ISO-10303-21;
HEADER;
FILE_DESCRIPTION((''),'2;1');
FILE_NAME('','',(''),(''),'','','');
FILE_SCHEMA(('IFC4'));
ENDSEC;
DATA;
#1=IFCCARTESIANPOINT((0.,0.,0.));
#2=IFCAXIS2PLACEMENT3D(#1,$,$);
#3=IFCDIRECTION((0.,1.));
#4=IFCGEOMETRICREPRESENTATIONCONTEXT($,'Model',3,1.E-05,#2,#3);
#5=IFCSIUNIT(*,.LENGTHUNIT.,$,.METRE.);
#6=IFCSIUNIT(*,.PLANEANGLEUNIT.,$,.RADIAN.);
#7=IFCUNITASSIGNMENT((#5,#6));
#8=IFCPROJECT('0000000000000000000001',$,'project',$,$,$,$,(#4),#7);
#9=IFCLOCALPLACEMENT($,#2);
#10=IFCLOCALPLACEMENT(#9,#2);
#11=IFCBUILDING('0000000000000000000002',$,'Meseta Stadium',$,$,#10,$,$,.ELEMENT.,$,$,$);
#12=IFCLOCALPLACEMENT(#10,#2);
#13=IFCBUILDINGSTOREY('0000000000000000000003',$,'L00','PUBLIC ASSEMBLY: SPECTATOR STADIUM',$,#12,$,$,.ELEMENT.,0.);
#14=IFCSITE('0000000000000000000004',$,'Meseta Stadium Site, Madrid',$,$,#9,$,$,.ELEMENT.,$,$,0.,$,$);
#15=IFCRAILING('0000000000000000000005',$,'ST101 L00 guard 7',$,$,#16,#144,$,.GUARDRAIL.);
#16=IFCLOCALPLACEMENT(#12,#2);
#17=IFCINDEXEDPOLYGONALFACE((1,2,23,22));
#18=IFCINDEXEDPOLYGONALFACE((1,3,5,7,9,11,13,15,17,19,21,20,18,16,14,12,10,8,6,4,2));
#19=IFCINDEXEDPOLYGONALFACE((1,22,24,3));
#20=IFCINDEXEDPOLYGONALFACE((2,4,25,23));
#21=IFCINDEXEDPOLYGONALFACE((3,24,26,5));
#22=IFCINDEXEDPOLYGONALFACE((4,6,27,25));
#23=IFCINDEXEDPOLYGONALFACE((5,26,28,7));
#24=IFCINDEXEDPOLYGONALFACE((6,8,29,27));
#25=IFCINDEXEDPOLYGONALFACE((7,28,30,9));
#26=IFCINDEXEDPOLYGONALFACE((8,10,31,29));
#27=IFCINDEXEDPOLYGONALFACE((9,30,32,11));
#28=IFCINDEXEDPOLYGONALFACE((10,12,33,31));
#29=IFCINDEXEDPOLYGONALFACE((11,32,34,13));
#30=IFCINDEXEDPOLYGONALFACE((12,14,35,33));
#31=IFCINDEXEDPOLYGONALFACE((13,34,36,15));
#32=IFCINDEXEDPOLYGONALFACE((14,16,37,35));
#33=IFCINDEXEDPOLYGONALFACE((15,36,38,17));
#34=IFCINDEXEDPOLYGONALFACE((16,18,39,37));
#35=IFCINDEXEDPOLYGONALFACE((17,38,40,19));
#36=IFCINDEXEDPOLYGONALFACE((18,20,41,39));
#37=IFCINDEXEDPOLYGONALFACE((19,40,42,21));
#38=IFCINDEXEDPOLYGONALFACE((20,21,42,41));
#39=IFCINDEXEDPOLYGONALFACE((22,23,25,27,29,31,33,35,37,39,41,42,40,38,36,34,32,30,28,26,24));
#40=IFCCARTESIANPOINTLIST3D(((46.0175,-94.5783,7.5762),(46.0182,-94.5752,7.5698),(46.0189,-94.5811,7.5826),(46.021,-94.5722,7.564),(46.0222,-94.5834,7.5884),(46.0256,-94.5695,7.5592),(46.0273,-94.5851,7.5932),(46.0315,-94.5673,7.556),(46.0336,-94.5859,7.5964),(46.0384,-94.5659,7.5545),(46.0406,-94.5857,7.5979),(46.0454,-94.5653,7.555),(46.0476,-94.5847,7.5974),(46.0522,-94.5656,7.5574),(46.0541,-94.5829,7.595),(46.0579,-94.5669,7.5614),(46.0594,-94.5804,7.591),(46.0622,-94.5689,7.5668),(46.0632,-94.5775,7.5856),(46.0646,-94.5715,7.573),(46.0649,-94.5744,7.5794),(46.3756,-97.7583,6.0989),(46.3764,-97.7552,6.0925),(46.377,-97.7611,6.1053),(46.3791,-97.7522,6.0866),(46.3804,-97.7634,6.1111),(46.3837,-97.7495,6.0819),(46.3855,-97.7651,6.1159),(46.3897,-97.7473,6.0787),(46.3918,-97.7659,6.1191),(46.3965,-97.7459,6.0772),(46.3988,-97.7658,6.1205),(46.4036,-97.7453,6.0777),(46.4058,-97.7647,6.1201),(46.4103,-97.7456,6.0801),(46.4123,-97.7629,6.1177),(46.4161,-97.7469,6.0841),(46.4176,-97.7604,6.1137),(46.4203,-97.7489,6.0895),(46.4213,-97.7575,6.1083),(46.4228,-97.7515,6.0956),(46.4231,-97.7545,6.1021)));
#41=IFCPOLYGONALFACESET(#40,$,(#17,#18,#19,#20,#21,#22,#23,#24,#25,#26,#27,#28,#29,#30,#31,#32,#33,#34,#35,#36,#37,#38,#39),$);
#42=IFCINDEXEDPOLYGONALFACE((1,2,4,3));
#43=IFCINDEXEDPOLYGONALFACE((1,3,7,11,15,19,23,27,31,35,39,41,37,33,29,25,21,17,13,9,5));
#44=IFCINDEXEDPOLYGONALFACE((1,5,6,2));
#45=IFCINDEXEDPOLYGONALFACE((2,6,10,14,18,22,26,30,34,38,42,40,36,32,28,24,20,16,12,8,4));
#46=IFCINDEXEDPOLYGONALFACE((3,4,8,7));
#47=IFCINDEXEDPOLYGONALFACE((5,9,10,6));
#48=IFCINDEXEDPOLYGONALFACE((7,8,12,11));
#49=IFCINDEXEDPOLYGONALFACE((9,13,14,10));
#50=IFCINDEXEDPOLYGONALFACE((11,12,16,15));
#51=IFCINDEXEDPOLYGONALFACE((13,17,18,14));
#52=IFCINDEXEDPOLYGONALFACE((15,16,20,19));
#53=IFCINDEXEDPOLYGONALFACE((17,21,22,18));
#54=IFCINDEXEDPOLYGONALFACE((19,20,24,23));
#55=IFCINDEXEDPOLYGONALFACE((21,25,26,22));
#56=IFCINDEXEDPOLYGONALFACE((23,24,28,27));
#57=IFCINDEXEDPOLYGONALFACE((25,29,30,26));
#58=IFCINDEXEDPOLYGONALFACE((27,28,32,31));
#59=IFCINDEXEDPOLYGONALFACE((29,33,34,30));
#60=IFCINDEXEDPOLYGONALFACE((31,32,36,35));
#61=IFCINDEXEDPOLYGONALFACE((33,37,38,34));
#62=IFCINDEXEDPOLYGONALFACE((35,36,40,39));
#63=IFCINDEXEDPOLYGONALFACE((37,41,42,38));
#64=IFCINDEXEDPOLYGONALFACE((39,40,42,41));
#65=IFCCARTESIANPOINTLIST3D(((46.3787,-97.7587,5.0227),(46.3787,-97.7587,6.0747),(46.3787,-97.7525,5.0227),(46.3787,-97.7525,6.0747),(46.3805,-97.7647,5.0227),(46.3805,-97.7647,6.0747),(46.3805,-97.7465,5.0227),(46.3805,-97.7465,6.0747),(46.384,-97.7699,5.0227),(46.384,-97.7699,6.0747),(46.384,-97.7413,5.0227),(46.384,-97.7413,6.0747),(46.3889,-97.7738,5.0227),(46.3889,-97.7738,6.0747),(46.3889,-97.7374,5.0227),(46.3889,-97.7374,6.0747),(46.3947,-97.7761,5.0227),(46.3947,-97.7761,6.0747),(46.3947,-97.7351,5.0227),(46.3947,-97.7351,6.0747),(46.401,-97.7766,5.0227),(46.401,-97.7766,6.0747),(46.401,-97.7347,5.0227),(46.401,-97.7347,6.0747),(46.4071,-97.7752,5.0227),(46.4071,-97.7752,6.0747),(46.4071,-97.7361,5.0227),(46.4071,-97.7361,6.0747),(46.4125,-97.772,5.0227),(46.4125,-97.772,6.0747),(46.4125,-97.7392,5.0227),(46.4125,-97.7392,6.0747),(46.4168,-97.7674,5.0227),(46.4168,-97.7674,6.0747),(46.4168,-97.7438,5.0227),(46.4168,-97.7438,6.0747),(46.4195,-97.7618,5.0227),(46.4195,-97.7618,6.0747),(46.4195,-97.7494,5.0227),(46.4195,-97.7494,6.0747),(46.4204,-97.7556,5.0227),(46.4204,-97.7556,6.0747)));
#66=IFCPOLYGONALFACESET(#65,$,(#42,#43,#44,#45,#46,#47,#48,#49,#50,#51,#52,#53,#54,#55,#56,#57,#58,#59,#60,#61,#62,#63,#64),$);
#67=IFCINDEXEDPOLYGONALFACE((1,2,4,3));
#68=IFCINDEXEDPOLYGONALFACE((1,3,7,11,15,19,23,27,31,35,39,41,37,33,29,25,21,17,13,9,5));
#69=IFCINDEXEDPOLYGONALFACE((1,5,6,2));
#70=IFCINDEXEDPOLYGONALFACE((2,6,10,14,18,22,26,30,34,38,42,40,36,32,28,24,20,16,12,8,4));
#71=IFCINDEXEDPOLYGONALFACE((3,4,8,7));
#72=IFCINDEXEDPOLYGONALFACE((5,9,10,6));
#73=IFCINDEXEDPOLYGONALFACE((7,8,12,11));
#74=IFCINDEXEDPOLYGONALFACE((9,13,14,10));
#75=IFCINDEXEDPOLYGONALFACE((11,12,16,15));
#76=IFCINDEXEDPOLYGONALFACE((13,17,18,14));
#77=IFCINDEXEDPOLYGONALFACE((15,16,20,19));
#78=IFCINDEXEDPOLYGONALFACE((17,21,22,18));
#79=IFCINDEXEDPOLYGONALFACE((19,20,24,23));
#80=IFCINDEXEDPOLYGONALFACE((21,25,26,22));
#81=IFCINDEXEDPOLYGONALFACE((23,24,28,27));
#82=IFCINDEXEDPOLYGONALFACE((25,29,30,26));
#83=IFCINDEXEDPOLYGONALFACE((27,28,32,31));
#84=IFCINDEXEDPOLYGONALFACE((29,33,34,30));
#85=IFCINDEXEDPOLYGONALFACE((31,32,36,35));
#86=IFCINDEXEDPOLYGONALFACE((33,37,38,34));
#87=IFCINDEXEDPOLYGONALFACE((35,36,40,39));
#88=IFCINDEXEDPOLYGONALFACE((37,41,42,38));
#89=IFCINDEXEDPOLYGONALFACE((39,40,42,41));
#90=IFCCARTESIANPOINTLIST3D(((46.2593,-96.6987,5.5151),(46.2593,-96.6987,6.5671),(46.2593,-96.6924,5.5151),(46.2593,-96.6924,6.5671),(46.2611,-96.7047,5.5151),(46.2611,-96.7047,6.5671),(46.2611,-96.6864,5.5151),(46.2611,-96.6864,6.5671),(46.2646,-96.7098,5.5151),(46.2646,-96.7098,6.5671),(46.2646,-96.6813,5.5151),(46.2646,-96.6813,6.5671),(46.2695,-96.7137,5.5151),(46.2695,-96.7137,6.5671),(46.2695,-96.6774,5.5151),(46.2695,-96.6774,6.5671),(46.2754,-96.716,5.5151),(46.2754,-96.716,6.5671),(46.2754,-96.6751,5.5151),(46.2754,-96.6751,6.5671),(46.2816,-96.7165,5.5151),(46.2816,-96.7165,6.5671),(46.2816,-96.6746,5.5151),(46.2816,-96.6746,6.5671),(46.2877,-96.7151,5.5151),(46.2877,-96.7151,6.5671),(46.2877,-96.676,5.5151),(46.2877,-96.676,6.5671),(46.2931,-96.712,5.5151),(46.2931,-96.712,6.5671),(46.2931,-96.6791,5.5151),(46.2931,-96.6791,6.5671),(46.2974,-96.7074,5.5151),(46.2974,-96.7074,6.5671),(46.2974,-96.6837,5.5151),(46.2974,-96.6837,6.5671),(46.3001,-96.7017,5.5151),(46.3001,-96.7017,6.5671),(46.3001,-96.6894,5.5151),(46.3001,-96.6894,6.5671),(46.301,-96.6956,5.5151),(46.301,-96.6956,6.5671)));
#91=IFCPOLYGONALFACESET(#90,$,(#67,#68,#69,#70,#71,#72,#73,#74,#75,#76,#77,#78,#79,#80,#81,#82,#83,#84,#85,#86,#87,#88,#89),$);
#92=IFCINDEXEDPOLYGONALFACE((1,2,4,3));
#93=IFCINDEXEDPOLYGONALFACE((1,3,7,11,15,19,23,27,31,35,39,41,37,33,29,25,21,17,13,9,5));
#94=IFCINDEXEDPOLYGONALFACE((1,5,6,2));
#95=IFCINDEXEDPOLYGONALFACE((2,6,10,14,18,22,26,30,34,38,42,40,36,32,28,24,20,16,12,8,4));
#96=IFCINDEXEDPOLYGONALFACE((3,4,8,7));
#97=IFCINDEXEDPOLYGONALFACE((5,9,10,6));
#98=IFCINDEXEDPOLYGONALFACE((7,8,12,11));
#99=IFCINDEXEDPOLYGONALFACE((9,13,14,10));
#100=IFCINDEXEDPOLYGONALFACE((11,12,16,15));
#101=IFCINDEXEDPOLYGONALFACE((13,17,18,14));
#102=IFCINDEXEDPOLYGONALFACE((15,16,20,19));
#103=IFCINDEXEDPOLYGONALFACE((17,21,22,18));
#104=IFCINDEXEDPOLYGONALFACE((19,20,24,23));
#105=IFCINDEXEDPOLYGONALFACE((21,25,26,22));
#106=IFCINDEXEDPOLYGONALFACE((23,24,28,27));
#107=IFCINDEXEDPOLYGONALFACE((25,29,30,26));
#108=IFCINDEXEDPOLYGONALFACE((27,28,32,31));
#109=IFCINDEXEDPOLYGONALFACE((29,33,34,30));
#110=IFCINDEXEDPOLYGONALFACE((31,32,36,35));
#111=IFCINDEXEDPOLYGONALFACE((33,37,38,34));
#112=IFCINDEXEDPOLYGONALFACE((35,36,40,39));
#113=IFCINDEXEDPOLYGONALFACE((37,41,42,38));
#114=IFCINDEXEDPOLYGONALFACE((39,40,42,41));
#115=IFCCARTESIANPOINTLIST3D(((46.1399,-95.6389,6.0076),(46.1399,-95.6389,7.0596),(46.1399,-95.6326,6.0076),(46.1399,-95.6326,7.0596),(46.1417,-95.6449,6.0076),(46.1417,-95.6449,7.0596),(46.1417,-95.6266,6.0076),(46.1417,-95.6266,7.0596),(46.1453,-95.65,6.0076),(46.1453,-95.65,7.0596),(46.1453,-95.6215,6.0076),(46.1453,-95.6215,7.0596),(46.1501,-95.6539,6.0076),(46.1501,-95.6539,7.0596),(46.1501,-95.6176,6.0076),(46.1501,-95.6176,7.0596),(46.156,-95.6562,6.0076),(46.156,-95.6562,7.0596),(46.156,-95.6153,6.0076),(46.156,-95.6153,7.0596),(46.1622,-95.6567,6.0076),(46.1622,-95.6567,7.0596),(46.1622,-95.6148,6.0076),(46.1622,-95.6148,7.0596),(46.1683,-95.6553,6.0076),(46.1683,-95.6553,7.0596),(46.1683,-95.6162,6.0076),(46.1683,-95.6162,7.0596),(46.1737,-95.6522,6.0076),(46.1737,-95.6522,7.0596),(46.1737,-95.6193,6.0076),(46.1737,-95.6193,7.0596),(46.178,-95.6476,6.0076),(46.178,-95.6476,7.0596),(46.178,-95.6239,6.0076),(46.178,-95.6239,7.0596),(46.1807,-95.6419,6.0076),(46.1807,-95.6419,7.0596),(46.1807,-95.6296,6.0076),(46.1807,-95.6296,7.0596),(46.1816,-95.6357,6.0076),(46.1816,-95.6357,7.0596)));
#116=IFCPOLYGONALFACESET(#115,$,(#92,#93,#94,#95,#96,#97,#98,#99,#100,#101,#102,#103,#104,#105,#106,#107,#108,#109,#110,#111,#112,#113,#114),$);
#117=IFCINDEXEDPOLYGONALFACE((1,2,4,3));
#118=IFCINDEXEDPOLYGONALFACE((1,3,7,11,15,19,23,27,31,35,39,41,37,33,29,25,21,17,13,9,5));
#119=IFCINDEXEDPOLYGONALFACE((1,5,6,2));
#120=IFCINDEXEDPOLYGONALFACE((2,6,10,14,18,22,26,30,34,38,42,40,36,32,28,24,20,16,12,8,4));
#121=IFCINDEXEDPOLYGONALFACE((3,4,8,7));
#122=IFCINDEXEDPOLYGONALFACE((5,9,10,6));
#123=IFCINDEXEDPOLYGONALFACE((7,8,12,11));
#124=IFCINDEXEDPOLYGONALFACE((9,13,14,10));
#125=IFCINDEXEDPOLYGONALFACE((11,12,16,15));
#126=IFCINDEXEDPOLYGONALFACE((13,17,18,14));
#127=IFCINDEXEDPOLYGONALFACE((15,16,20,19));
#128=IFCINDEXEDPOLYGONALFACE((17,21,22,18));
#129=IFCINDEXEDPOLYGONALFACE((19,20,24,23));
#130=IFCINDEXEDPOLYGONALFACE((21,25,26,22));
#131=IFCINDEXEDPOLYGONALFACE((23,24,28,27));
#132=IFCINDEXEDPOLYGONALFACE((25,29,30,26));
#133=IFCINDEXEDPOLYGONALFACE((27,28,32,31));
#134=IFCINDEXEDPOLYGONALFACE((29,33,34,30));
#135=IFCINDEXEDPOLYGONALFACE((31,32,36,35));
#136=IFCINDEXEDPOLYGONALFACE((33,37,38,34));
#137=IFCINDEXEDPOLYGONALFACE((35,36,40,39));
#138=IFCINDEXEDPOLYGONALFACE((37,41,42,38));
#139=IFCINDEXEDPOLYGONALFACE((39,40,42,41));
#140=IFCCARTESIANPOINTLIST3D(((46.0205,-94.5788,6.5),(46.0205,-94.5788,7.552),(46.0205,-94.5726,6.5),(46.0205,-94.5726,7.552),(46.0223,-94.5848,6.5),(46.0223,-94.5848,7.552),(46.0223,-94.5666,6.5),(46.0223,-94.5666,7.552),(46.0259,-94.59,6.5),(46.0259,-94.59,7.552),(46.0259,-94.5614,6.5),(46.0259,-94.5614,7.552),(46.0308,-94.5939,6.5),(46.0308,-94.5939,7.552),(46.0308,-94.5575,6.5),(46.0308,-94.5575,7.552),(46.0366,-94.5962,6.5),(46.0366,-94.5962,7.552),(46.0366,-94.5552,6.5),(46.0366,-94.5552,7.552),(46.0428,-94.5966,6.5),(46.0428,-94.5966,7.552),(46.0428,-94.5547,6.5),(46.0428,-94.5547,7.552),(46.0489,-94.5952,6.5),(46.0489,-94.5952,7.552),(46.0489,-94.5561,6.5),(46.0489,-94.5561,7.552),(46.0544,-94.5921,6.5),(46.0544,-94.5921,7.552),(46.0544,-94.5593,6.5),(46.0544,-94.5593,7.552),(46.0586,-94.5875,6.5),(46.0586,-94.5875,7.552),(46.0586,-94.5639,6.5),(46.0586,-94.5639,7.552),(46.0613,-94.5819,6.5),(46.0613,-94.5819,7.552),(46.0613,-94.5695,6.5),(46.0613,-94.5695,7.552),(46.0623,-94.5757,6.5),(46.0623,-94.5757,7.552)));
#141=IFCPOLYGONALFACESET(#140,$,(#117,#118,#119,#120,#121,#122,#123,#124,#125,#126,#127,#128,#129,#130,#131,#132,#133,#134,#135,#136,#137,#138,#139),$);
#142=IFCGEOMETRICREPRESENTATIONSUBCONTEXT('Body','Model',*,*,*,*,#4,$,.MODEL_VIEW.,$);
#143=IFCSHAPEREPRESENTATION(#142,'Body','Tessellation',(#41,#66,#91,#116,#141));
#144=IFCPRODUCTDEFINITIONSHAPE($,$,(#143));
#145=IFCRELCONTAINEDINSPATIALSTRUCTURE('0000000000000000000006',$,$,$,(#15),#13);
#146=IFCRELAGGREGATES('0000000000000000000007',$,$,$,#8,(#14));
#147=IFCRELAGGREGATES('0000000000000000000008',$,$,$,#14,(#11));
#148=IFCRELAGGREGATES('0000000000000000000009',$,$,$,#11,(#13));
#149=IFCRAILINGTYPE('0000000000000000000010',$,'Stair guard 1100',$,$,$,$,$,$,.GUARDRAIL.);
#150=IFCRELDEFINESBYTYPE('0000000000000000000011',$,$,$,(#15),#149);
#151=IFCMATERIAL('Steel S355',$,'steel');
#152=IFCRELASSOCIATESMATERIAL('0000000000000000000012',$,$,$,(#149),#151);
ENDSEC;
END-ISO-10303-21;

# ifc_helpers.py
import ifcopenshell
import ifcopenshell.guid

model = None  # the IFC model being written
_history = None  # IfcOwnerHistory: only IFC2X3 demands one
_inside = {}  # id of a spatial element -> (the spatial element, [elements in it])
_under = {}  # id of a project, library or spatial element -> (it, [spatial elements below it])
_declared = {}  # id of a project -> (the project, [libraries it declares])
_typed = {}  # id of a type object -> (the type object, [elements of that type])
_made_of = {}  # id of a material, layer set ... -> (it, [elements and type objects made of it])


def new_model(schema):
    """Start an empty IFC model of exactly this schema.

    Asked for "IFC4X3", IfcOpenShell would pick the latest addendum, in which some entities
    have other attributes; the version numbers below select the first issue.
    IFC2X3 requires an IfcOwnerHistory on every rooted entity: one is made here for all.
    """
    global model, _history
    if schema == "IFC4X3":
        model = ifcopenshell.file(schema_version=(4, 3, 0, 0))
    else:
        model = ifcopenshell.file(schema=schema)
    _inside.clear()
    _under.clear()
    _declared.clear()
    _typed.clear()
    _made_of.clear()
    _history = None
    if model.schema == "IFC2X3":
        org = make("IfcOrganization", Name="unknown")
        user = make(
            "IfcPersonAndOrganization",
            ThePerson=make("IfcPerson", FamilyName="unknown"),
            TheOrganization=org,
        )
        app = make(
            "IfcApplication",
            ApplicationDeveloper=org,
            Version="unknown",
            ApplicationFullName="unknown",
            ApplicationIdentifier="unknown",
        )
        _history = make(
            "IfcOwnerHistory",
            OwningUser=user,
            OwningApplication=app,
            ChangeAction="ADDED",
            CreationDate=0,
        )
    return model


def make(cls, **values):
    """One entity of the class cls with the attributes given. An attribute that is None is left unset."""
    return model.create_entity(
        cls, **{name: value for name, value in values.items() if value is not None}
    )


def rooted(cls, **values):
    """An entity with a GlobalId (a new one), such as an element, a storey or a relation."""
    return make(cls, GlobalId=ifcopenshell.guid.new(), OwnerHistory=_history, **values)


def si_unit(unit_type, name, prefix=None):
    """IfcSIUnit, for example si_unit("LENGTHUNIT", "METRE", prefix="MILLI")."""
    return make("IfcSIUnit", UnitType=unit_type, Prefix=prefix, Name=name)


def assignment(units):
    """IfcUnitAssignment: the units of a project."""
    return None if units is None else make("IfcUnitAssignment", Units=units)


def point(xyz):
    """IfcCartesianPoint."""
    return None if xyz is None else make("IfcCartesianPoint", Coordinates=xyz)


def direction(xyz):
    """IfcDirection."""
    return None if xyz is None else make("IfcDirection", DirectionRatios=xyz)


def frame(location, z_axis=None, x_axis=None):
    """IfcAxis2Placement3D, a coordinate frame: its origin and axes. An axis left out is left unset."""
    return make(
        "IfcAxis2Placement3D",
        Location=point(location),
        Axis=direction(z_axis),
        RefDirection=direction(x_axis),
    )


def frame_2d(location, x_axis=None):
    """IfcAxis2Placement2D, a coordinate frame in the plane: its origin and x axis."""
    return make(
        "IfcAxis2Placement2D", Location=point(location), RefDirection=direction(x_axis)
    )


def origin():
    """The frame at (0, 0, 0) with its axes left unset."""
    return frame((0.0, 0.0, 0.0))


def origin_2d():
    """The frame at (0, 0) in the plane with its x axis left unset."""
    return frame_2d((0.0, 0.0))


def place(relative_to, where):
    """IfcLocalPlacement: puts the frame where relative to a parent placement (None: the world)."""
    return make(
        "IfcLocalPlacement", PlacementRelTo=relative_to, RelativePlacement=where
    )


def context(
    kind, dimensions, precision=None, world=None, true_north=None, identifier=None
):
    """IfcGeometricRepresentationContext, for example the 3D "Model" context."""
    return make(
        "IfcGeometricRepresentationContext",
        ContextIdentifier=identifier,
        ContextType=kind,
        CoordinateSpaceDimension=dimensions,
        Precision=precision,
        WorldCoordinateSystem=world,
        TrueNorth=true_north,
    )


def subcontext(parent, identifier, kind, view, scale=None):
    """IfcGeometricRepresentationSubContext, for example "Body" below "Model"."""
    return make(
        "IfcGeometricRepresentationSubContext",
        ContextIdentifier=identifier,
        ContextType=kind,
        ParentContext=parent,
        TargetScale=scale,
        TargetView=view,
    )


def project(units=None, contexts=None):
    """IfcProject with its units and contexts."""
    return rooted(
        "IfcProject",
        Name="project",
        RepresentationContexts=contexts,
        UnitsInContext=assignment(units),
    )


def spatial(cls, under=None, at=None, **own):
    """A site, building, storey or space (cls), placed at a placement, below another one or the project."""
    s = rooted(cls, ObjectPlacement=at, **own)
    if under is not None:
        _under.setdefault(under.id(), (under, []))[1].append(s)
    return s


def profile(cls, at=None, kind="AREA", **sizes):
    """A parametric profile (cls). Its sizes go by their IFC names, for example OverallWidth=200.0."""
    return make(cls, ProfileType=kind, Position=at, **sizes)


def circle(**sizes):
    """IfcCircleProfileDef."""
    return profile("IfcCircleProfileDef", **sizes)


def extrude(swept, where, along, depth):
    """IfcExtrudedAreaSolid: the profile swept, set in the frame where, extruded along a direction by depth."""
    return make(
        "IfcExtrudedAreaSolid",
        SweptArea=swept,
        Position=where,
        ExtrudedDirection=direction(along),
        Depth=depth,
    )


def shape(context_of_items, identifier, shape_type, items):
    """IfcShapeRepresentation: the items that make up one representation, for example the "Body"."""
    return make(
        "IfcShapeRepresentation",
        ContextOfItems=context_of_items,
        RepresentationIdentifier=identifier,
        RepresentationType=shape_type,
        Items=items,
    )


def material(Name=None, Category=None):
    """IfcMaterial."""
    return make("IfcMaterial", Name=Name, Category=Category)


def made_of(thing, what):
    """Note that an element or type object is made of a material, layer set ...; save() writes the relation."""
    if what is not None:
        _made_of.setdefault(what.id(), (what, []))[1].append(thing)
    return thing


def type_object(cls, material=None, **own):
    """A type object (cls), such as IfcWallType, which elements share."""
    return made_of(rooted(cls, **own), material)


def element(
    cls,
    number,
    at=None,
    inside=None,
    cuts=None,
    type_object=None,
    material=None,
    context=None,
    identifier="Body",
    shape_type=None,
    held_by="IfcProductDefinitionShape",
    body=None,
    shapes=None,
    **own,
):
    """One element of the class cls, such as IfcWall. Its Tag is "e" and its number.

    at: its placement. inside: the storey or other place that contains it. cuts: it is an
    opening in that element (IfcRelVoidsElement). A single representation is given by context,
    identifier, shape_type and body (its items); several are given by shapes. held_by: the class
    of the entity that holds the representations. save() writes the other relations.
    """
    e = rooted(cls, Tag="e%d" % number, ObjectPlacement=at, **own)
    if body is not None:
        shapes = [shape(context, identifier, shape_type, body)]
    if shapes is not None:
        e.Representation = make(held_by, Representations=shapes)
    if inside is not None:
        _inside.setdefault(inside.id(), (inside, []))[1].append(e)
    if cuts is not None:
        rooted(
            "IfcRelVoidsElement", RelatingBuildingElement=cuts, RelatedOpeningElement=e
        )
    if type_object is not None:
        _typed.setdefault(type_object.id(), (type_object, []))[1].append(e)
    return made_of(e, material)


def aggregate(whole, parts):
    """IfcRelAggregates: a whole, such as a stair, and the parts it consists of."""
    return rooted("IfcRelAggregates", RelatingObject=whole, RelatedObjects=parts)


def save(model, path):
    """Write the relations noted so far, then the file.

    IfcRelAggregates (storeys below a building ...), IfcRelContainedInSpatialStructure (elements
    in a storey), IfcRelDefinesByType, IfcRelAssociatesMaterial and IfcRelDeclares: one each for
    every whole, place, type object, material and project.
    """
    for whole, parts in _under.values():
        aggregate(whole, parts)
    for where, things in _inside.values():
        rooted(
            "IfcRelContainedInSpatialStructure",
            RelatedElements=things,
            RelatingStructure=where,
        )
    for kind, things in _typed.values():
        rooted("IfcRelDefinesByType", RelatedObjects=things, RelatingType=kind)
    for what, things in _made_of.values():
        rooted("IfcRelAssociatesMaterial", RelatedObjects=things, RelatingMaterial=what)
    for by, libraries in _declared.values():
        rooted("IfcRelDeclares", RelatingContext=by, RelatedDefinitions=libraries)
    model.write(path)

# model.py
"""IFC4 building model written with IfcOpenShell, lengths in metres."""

from ifc_helpers import new_model, si_unit, direction, frame, origin, origin_2d, place, context, subcontext, project, spatial, circle, extrude, material, type_object, element, save


model = new_model("IFC4")

# Units and contexts
model_context = context("Model", 3, precision=1e-05, world=origin(), true_north=direction((0.0, 1.0)))
body_context = subcontext(model_context, "Body", "Model", "MODEL_VIEW")
ifc_project = project(units=[si_unit("LENGTHUNIT", "METRE"), si_unit("PLANEANGLEUNIT", "RADIAN")], contexts=[model_context])

# Site, building, storey
site_placement = place(None, origin())
site = spatial("IfcSite", under=ifc_project, at=site_placement, Name="Meseta Stadium Site, Madrid", CompositionType="ELEMENT", RefElevation=0.0)
building_placement = place(site_placement, origin())
building = spatial("IfcBuilding", under=site, at=building_placement, Name="Meseta Stadium", CompositionType="ELEMENT")
storey_placement = place(building_placement, origin())
storey = spatial("IfcBuildingStorey", under=building, at=storey_placement, Name="L00", Description="PUBLIC ASSEMBLY: SPECTATOR STADIUM", CompositionType="ELEMENT", Elevation=0.0)

# Railing
ifc_material_1 = material(Name="Steel S355", Category="steel")
railing_type_1 = type_object("IfcRailingType", Name="Stair guard 1100", PredefinedType="GUARDRAIL", material=ifc_material_1)
railing_1_placement = place(storey_placement, frame((46.3994, -97.7556, 5.0227)))
element("IfcRailing", 1, at=railing_1_placement, inside=storey, type_object=railing_type_1, Name="ST101 L00 guard 7", PredefinedType="GUARDRAIL", context=body_context, shape_type="SweptSolid", body=[
    extrude(circle(Radius=0.0239, at=origin_2d()), frame((0.0, 0.0, 1.0762), z_axis=(-0.101616, 0.902217, 0.419141), x_axis=(-0.993717, -0.111922, 0.0)), (0.0, 0.0, 1.0), 3.5247),
    extrude(circle(Radius=0.021, at=origin_2d()), origin(), (0.0, 0.0, 1.0), 1.052),
    extrude(circle(Radius=0.021, at=origin_2d()), frame((-0.1194, 1.0601, 0.4924)), (0.0, 0.0, 1.0), 1.052),
    extrude(circle(Radius=0.021, at=origin_2d()), frame((-0.2388, 2.1199, 0.9849)), (0.0, 0.0, 1.0), 1.052),
    extrude(circle(Radius=0.021, at=origin_2d()), frame((-0.3582, 3.1799, 1.4773)), (0.0, 0.0, 1.0), 1.052),
])

save(model, "model.ifc")
